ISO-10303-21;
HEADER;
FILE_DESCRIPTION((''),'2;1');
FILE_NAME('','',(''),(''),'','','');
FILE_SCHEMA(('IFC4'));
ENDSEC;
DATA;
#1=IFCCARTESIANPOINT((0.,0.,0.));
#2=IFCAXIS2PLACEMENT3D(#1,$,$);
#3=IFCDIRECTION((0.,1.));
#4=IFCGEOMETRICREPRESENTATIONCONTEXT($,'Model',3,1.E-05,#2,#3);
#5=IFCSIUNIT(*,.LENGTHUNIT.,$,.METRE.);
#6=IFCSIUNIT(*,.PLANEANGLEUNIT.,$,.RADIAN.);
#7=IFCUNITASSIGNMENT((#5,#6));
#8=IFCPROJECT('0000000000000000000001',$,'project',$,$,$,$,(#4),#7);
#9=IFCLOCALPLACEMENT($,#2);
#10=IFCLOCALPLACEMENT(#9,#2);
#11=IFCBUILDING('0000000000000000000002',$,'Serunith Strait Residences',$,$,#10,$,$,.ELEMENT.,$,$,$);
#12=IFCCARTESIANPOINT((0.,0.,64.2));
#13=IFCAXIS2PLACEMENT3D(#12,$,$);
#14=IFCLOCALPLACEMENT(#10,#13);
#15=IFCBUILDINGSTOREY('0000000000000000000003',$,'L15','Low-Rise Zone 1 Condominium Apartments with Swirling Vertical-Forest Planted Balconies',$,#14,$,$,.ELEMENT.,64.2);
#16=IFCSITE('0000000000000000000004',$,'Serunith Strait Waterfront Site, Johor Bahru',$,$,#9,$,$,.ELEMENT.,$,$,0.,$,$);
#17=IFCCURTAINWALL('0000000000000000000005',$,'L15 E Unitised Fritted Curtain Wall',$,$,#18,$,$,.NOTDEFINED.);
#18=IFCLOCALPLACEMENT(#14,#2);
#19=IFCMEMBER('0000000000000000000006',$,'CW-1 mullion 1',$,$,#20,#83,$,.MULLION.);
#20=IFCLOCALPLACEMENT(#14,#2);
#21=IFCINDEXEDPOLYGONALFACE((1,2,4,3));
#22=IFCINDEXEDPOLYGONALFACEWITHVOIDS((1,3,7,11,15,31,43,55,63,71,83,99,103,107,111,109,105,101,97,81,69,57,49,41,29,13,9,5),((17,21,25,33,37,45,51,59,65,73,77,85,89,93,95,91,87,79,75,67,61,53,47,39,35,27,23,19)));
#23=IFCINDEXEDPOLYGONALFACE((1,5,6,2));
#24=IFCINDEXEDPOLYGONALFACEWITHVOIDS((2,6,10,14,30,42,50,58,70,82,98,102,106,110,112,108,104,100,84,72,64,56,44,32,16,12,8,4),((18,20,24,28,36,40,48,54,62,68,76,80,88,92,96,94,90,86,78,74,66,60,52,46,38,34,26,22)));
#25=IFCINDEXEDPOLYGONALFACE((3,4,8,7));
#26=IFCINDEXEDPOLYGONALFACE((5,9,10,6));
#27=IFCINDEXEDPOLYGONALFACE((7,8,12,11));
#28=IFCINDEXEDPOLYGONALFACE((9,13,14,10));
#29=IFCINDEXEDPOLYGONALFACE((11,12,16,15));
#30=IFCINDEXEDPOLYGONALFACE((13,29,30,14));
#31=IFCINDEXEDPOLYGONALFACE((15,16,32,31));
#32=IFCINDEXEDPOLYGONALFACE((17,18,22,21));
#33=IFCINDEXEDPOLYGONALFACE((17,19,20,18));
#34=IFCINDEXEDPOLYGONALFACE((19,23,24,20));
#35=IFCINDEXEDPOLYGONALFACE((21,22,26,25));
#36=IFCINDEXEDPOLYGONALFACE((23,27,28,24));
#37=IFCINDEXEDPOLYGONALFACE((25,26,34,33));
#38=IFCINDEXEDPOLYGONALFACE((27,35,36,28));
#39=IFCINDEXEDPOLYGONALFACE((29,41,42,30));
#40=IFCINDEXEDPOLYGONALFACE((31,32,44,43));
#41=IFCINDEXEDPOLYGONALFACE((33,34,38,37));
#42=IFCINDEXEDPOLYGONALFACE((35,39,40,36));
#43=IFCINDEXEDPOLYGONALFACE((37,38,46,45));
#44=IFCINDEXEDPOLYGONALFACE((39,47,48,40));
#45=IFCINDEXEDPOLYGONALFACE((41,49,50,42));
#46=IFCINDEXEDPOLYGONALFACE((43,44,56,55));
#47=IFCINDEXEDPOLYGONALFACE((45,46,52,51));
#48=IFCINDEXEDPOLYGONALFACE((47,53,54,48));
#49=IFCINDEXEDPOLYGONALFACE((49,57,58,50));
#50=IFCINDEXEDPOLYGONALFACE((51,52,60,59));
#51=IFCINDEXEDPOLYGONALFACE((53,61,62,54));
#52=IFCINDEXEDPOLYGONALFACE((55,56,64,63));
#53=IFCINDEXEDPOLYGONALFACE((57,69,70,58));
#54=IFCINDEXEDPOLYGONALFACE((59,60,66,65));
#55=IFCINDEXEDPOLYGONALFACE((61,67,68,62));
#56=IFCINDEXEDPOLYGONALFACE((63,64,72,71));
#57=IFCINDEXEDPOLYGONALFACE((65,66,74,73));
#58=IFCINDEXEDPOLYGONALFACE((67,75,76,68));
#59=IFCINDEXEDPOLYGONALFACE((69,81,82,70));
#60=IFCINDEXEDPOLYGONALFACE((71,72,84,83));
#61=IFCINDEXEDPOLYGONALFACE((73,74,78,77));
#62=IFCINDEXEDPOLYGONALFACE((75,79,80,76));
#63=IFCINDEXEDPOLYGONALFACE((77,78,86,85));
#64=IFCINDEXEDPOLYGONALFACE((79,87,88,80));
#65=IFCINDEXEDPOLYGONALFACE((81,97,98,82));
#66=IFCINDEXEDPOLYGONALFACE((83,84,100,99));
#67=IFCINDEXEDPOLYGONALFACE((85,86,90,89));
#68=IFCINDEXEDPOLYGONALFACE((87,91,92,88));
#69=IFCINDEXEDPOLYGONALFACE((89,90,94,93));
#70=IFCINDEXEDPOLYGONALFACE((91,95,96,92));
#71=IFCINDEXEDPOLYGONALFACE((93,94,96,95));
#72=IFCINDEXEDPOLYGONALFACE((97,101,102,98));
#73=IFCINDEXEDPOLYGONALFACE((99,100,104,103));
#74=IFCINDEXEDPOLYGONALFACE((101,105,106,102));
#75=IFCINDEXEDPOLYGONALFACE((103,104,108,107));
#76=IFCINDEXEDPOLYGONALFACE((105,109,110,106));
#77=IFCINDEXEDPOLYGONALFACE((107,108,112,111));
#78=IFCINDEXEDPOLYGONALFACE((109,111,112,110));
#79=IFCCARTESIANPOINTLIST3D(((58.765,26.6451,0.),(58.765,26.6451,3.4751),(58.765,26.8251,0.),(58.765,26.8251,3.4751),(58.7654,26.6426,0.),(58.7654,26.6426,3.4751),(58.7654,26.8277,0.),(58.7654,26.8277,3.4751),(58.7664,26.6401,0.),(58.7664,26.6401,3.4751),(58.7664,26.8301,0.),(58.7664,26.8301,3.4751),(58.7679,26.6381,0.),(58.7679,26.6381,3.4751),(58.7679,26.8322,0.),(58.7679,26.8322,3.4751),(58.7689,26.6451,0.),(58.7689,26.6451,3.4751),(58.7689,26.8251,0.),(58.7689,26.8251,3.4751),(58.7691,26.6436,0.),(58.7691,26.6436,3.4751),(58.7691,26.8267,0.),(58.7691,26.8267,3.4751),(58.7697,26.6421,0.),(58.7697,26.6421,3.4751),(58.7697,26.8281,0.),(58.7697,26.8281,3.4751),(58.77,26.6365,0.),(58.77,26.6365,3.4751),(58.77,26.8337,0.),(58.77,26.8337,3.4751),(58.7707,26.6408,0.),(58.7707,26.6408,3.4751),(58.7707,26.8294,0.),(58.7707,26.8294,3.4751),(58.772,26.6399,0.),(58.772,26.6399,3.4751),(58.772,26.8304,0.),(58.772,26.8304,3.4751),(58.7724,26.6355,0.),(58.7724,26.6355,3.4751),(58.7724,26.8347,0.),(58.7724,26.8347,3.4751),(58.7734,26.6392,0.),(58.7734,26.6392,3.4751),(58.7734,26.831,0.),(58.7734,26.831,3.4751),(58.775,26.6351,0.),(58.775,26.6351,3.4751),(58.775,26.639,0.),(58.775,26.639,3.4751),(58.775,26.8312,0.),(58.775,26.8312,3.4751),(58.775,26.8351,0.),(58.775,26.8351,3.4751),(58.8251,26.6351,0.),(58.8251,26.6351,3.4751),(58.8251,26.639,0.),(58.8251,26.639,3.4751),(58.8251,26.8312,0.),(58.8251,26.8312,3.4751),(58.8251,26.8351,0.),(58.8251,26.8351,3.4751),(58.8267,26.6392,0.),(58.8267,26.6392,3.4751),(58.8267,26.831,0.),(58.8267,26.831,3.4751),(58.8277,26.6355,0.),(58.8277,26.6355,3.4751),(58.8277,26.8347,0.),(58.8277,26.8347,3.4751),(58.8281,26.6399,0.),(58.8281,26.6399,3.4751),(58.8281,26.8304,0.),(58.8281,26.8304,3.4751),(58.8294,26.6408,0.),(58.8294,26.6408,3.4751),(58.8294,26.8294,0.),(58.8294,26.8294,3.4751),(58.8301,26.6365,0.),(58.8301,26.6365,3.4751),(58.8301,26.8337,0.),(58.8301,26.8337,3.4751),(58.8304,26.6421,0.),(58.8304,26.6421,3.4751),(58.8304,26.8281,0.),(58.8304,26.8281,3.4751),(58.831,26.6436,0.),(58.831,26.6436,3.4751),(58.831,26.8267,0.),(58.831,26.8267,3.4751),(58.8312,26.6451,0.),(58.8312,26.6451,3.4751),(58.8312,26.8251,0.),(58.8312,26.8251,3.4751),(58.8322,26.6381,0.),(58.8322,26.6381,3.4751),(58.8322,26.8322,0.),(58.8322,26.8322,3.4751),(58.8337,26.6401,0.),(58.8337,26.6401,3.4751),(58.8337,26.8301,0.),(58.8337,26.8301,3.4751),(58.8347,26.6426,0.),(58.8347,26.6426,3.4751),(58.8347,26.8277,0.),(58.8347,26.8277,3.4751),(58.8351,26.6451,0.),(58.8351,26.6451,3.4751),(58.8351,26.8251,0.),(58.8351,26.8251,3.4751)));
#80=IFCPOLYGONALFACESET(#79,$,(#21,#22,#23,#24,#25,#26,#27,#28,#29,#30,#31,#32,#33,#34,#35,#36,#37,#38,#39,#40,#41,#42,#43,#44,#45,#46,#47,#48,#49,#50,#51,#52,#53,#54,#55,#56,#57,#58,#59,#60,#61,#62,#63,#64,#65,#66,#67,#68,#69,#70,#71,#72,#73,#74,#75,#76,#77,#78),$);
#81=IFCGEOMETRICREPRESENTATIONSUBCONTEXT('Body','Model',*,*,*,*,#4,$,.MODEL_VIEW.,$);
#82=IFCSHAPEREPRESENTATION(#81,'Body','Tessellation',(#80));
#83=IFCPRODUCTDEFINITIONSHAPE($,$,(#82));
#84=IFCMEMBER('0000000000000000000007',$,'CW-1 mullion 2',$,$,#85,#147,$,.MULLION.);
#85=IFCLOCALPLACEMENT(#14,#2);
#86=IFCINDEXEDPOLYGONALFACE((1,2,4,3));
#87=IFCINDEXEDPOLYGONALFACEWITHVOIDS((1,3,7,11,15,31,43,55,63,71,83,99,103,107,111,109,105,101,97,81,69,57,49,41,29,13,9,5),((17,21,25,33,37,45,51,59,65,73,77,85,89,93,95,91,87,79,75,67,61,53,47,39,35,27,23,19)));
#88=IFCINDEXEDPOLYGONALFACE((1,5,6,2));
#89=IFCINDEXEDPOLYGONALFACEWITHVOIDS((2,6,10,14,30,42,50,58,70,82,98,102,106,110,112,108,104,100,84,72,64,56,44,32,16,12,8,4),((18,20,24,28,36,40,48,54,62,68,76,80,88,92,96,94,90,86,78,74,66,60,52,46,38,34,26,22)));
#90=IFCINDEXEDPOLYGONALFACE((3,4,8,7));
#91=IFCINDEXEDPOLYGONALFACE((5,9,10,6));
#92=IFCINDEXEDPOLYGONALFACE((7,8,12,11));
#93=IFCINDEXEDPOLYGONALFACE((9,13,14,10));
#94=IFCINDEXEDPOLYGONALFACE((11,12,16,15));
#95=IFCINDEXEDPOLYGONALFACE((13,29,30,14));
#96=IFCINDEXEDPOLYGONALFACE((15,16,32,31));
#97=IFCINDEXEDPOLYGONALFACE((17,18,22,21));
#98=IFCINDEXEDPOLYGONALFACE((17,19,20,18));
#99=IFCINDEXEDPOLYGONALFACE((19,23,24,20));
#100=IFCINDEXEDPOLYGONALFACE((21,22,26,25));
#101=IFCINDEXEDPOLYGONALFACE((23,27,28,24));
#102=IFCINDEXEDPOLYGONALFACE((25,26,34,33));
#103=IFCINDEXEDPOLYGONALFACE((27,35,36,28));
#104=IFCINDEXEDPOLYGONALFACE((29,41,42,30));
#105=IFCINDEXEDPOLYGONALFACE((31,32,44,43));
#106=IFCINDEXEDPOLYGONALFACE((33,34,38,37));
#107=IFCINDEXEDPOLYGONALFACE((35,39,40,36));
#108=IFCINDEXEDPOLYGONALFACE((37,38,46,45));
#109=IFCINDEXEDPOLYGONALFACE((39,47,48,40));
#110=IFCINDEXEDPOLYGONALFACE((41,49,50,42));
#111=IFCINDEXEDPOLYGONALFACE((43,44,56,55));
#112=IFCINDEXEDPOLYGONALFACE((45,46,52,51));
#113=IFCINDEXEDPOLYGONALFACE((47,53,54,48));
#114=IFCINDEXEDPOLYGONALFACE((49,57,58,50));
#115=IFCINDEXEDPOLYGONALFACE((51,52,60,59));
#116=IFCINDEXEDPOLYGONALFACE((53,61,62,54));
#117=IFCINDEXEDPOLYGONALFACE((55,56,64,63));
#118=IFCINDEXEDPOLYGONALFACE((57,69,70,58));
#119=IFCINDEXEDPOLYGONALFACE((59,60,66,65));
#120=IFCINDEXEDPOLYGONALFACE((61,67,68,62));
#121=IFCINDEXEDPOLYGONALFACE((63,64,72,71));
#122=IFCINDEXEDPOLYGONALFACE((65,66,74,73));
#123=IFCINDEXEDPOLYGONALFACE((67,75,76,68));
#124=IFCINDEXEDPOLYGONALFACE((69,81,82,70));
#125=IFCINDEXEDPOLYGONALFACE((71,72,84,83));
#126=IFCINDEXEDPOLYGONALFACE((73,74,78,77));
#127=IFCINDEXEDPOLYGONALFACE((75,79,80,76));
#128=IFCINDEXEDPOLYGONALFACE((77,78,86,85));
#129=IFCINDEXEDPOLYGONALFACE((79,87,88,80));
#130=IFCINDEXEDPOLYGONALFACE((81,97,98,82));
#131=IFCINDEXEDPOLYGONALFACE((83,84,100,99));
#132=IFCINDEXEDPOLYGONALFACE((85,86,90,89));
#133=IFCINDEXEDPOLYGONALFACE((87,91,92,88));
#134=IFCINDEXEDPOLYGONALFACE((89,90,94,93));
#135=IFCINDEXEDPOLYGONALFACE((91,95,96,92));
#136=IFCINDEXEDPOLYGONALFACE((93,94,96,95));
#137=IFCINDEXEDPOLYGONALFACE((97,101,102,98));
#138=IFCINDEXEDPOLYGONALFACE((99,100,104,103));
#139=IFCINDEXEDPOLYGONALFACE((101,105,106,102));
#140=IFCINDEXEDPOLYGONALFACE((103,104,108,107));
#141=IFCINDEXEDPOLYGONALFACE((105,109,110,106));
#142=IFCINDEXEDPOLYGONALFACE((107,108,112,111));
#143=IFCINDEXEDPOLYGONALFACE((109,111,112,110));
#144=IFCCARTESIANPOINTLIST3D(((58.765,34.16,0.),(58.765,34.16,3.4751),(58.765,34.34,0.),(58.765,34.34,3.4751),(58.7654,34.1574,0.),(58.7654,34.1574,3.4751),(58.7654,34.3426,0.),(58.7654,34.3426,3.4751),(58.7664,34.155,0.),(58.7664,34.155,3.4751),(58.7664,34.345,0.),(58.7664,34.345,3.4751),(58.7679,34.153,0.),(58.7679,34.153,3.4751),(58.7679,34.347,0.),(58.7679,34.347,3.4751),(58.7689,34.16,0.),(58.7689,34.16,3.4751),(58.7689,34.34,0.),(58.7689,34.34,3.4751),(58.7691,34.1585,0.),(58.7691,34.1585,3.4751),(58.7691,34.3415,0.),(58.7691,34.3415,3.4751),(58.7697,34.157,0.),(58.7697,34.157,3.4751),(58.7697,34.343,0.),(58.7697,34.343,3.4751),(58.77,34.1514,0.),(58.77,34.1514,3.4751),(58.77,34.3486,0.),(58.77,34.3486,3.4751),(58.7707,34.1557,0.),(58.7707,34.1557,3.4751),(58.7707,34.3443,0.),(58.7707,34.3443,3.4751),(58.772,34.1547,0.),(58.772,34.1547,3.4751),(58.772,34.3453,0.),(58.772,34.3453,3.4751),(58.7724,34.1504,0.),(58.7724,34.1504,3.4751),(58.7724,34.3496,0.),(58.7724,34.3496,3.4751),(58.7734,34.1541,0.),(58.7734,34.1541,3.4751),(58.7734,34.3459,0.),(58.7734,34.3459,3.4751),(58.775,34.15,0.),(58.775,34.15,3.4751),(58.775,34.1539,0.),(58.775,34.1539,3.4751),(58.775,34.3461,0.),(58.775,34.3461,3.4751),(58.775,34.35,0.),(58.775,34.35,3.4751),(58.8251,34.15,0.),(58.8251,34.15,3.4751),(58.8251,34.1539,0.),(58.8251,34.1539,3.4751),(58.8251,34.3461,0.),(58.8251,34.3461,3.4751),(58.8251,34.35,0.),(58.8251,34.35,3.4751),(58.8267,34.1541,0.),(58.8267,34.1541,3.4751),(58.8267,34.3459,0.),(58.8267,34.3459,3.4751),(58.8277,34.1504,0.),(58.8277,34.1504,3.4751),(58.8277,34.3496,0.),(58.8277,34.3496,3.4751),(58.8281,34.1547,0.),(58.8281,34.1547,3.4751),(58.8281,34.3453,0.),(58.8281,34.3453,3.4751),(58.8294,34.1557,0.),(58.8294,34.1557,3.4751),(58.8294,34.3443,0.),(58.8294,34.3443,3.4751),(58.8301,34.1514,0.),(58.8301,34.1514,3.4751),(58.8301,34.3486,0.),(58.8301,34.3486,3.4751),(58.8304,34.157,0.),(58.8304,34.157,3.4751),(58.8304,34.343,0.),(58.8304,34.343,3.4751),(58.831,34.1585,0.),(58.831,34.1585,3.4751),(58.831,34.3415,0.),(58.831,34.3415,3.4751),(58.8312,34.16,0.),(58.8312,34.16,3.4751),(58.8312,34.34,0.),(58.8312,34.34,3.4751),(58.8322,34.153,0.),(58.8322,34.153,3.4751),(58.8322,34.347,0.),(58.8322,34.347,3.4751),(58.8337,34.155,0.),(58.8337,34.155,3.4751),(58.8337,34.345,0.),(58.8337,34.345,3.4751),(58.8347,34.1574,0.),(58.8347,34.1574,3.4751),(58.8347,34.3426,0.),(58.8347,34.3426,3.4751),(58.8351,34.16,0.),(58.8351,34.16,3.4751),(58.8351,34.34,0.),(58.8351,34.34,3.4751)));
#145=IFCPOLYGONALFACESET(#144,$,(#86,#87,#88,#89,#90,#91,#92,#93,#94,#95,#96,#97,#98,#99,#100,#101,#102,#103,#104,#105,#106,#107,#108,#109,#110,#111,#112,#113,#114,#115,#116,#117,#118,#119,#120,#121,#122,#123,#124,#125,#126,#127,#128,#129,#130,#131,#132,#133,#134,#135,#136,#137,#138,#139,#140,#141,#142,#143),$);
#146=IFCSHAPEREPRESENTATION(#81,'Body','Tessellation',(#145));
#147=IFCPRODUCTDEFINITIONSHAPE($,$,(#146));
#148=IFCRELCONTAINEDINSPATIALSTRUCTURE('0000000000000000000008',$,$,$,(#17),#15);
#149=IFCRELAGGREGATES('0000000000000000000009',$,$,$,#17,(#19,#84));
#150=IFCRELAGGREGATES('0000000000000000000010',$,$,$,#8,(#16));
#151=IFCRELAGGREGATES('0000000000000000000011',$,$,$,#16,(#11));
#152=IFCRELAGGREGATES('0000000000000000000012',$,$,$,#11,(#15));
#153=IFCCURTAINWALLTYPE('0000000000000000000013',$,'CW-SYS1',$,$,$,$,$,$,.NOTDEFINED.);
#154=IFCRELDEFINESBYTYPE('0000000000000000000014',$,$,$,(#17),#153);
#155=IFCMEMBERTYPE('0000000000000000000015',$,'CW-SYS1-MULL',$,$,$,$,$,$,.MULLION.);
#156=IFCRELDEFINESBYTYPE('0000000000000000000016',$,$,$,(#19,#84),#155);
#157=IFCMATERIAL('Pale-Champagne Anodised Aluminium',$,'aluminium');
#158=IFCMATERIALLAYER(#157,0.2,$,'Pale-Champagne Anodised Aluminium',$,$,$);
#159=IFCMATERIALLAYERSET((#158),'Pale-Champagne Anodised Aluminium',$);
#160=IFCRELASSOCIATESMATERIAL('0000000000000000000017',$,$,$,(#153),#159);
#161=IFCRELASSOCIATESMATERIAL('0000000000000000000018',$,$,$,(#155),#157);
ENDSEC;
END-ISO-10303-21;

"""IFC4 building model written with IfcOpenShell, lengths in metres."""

from ifc_helpers import new_model, si_unit, direction, frame, origin, origin_2d, place, context, subcontext, project, spatial, hollow_rectangle, extrude, source, transform, mapped, material, layer, layer_set, material_profile, profile_set, type_object, element, aggregate, save


model = new_model("IFC4")

# Units and contexts
model_context = context("Model", 3, precision=1e-05, world=origin(), true_north=direction((0.0, 1.0)))
body_context = subcontext(model_context, "Body", "Model", "MODEL_VIEW")
ifc_project = project(units=[si_unit("LENGTHUNIT", "METRE"), si_unit("PLANEANGLEUNIT", "RADIAN")], contexts=[model_context])

# Site, building, storey
site_placement = place(None, origin())
site = spatial("IfcSite", under=ifc_project, at=site_placement, Name="Serunith Strait Waterfront Site, Johor Bahru", CompositionType="ELEMENT", RefElevation=0.0)
building_placement = place(site_placement, origin())
building = spatial("IfcBuilding", under=site, at=building_placement, Name="Serunith Strait Residences", CompositionType="ELEMENT")
storey_placement = place(building_placement, frame((0.0, 0.0, 64.2)))
storey = spatial("IfcBuildingStorey", under=building, at=storey_placement, Name="L15", Description="Low-Rise Zone 1 Condominium Apartments with Swirling Vertical-Forest Planted Balconies", CompositionType="ELEMENT", Elevation=64.2)

# Curtain wall, members
ifc_material_1 = material(Name="Pale-Champagne Anodised Aluminium", Category="aluminium")
ifc_layer_1 = layer(ifc_material_1, 0.2, Name="Pale-Champagne Anodised Aluminium")
ifc_layer_set_1 = layer_set([ifc_layer_1], Name="Pale-Champagne Anodised Aluminium")
curtain_wall_type = type_object("IfcCurtainWallType", Name="CW-SYS1", PredefinedType="NOTDEFINED", material=ifc_layer_set_1)
curtain_wall_placement = place(storey_placement, origin())
curtain_wall = element("IfcCurtainWall", 1, at=curtain_wall_placement, inside=storey, type_object=curtain_wall_type, Name="L15 E Unitised Fritted Curtain Wall", PredefinedType="NOTDEFINED")
ifc_material_profile_1 = material_profile(ifc_material_1, hollow_rectangle(XDim=0.0701, YDim=0.2, WallThickness=0.0039, InnerFilletRadius=0.0061, OuterFilletRadius=0.01, at=origin_2d()), Name="ALU 200x70x4")
ifc_profile_set_1 = profile_set([ifc_material_profile_1], Name="Pale-Champagne Anodised Aluminium")
member_type_1 = type_object("IfcMemberType", Name="CW-SYS1-MULL", PredefinedType="MULLION", material=ifc_profile_set_1)
shared_shape_1 = source(origin(), body_context, "Body", "SweptSolid", [
    extrude(hollow_rectangle(XDim=0.0701, YDim=0.2, WallThickness=0.0039, InnerFilletRadius=0.0061, OuterFilletRadius=0.01, at=origin_2d()), origin(), (0.0, 0.0, 1.0), 3.4751),
])
member_1_placement = place(storey_placement, frame((58.8, 26.7351, 0.0), z_axis=(0.0, 0.0, 1.0), x_axis=(-1.0, 0.0, 0.0)))
member_1 = element("IfcMember", 2, at=member_1_placement, type_object=member_type_1, Name="CW-1 mullion 1", PredefinedType="MULLION", context=body_context, shape_type="MappedRepresentation", body=[
    mapped(shared_shape_1, transform((0.0, 0.0, 0.0), scale=1.0)),
])
member_2_placement = place(storey_placement, frame((58.8, 34.25, 0.0), z_axis=(0.0, 0.0, 1.0), x_axis=(-1.0, 0.0, 0.0)))
member_2 = element("IfcMember", 3, at=member_2_placement, type_object=member_type_1, Name="CW-1 mullion 2", PredefinedType="MULLION", context=body_context, shape_type="MappedRepresentation", body=[
    mapped(shared_shape_1, transform((0.0, 0.0, 0.0), scale=1.0)),
])
aggregate(curtain_wall, [member_1, member_2])

save(model, "model.ifc")
